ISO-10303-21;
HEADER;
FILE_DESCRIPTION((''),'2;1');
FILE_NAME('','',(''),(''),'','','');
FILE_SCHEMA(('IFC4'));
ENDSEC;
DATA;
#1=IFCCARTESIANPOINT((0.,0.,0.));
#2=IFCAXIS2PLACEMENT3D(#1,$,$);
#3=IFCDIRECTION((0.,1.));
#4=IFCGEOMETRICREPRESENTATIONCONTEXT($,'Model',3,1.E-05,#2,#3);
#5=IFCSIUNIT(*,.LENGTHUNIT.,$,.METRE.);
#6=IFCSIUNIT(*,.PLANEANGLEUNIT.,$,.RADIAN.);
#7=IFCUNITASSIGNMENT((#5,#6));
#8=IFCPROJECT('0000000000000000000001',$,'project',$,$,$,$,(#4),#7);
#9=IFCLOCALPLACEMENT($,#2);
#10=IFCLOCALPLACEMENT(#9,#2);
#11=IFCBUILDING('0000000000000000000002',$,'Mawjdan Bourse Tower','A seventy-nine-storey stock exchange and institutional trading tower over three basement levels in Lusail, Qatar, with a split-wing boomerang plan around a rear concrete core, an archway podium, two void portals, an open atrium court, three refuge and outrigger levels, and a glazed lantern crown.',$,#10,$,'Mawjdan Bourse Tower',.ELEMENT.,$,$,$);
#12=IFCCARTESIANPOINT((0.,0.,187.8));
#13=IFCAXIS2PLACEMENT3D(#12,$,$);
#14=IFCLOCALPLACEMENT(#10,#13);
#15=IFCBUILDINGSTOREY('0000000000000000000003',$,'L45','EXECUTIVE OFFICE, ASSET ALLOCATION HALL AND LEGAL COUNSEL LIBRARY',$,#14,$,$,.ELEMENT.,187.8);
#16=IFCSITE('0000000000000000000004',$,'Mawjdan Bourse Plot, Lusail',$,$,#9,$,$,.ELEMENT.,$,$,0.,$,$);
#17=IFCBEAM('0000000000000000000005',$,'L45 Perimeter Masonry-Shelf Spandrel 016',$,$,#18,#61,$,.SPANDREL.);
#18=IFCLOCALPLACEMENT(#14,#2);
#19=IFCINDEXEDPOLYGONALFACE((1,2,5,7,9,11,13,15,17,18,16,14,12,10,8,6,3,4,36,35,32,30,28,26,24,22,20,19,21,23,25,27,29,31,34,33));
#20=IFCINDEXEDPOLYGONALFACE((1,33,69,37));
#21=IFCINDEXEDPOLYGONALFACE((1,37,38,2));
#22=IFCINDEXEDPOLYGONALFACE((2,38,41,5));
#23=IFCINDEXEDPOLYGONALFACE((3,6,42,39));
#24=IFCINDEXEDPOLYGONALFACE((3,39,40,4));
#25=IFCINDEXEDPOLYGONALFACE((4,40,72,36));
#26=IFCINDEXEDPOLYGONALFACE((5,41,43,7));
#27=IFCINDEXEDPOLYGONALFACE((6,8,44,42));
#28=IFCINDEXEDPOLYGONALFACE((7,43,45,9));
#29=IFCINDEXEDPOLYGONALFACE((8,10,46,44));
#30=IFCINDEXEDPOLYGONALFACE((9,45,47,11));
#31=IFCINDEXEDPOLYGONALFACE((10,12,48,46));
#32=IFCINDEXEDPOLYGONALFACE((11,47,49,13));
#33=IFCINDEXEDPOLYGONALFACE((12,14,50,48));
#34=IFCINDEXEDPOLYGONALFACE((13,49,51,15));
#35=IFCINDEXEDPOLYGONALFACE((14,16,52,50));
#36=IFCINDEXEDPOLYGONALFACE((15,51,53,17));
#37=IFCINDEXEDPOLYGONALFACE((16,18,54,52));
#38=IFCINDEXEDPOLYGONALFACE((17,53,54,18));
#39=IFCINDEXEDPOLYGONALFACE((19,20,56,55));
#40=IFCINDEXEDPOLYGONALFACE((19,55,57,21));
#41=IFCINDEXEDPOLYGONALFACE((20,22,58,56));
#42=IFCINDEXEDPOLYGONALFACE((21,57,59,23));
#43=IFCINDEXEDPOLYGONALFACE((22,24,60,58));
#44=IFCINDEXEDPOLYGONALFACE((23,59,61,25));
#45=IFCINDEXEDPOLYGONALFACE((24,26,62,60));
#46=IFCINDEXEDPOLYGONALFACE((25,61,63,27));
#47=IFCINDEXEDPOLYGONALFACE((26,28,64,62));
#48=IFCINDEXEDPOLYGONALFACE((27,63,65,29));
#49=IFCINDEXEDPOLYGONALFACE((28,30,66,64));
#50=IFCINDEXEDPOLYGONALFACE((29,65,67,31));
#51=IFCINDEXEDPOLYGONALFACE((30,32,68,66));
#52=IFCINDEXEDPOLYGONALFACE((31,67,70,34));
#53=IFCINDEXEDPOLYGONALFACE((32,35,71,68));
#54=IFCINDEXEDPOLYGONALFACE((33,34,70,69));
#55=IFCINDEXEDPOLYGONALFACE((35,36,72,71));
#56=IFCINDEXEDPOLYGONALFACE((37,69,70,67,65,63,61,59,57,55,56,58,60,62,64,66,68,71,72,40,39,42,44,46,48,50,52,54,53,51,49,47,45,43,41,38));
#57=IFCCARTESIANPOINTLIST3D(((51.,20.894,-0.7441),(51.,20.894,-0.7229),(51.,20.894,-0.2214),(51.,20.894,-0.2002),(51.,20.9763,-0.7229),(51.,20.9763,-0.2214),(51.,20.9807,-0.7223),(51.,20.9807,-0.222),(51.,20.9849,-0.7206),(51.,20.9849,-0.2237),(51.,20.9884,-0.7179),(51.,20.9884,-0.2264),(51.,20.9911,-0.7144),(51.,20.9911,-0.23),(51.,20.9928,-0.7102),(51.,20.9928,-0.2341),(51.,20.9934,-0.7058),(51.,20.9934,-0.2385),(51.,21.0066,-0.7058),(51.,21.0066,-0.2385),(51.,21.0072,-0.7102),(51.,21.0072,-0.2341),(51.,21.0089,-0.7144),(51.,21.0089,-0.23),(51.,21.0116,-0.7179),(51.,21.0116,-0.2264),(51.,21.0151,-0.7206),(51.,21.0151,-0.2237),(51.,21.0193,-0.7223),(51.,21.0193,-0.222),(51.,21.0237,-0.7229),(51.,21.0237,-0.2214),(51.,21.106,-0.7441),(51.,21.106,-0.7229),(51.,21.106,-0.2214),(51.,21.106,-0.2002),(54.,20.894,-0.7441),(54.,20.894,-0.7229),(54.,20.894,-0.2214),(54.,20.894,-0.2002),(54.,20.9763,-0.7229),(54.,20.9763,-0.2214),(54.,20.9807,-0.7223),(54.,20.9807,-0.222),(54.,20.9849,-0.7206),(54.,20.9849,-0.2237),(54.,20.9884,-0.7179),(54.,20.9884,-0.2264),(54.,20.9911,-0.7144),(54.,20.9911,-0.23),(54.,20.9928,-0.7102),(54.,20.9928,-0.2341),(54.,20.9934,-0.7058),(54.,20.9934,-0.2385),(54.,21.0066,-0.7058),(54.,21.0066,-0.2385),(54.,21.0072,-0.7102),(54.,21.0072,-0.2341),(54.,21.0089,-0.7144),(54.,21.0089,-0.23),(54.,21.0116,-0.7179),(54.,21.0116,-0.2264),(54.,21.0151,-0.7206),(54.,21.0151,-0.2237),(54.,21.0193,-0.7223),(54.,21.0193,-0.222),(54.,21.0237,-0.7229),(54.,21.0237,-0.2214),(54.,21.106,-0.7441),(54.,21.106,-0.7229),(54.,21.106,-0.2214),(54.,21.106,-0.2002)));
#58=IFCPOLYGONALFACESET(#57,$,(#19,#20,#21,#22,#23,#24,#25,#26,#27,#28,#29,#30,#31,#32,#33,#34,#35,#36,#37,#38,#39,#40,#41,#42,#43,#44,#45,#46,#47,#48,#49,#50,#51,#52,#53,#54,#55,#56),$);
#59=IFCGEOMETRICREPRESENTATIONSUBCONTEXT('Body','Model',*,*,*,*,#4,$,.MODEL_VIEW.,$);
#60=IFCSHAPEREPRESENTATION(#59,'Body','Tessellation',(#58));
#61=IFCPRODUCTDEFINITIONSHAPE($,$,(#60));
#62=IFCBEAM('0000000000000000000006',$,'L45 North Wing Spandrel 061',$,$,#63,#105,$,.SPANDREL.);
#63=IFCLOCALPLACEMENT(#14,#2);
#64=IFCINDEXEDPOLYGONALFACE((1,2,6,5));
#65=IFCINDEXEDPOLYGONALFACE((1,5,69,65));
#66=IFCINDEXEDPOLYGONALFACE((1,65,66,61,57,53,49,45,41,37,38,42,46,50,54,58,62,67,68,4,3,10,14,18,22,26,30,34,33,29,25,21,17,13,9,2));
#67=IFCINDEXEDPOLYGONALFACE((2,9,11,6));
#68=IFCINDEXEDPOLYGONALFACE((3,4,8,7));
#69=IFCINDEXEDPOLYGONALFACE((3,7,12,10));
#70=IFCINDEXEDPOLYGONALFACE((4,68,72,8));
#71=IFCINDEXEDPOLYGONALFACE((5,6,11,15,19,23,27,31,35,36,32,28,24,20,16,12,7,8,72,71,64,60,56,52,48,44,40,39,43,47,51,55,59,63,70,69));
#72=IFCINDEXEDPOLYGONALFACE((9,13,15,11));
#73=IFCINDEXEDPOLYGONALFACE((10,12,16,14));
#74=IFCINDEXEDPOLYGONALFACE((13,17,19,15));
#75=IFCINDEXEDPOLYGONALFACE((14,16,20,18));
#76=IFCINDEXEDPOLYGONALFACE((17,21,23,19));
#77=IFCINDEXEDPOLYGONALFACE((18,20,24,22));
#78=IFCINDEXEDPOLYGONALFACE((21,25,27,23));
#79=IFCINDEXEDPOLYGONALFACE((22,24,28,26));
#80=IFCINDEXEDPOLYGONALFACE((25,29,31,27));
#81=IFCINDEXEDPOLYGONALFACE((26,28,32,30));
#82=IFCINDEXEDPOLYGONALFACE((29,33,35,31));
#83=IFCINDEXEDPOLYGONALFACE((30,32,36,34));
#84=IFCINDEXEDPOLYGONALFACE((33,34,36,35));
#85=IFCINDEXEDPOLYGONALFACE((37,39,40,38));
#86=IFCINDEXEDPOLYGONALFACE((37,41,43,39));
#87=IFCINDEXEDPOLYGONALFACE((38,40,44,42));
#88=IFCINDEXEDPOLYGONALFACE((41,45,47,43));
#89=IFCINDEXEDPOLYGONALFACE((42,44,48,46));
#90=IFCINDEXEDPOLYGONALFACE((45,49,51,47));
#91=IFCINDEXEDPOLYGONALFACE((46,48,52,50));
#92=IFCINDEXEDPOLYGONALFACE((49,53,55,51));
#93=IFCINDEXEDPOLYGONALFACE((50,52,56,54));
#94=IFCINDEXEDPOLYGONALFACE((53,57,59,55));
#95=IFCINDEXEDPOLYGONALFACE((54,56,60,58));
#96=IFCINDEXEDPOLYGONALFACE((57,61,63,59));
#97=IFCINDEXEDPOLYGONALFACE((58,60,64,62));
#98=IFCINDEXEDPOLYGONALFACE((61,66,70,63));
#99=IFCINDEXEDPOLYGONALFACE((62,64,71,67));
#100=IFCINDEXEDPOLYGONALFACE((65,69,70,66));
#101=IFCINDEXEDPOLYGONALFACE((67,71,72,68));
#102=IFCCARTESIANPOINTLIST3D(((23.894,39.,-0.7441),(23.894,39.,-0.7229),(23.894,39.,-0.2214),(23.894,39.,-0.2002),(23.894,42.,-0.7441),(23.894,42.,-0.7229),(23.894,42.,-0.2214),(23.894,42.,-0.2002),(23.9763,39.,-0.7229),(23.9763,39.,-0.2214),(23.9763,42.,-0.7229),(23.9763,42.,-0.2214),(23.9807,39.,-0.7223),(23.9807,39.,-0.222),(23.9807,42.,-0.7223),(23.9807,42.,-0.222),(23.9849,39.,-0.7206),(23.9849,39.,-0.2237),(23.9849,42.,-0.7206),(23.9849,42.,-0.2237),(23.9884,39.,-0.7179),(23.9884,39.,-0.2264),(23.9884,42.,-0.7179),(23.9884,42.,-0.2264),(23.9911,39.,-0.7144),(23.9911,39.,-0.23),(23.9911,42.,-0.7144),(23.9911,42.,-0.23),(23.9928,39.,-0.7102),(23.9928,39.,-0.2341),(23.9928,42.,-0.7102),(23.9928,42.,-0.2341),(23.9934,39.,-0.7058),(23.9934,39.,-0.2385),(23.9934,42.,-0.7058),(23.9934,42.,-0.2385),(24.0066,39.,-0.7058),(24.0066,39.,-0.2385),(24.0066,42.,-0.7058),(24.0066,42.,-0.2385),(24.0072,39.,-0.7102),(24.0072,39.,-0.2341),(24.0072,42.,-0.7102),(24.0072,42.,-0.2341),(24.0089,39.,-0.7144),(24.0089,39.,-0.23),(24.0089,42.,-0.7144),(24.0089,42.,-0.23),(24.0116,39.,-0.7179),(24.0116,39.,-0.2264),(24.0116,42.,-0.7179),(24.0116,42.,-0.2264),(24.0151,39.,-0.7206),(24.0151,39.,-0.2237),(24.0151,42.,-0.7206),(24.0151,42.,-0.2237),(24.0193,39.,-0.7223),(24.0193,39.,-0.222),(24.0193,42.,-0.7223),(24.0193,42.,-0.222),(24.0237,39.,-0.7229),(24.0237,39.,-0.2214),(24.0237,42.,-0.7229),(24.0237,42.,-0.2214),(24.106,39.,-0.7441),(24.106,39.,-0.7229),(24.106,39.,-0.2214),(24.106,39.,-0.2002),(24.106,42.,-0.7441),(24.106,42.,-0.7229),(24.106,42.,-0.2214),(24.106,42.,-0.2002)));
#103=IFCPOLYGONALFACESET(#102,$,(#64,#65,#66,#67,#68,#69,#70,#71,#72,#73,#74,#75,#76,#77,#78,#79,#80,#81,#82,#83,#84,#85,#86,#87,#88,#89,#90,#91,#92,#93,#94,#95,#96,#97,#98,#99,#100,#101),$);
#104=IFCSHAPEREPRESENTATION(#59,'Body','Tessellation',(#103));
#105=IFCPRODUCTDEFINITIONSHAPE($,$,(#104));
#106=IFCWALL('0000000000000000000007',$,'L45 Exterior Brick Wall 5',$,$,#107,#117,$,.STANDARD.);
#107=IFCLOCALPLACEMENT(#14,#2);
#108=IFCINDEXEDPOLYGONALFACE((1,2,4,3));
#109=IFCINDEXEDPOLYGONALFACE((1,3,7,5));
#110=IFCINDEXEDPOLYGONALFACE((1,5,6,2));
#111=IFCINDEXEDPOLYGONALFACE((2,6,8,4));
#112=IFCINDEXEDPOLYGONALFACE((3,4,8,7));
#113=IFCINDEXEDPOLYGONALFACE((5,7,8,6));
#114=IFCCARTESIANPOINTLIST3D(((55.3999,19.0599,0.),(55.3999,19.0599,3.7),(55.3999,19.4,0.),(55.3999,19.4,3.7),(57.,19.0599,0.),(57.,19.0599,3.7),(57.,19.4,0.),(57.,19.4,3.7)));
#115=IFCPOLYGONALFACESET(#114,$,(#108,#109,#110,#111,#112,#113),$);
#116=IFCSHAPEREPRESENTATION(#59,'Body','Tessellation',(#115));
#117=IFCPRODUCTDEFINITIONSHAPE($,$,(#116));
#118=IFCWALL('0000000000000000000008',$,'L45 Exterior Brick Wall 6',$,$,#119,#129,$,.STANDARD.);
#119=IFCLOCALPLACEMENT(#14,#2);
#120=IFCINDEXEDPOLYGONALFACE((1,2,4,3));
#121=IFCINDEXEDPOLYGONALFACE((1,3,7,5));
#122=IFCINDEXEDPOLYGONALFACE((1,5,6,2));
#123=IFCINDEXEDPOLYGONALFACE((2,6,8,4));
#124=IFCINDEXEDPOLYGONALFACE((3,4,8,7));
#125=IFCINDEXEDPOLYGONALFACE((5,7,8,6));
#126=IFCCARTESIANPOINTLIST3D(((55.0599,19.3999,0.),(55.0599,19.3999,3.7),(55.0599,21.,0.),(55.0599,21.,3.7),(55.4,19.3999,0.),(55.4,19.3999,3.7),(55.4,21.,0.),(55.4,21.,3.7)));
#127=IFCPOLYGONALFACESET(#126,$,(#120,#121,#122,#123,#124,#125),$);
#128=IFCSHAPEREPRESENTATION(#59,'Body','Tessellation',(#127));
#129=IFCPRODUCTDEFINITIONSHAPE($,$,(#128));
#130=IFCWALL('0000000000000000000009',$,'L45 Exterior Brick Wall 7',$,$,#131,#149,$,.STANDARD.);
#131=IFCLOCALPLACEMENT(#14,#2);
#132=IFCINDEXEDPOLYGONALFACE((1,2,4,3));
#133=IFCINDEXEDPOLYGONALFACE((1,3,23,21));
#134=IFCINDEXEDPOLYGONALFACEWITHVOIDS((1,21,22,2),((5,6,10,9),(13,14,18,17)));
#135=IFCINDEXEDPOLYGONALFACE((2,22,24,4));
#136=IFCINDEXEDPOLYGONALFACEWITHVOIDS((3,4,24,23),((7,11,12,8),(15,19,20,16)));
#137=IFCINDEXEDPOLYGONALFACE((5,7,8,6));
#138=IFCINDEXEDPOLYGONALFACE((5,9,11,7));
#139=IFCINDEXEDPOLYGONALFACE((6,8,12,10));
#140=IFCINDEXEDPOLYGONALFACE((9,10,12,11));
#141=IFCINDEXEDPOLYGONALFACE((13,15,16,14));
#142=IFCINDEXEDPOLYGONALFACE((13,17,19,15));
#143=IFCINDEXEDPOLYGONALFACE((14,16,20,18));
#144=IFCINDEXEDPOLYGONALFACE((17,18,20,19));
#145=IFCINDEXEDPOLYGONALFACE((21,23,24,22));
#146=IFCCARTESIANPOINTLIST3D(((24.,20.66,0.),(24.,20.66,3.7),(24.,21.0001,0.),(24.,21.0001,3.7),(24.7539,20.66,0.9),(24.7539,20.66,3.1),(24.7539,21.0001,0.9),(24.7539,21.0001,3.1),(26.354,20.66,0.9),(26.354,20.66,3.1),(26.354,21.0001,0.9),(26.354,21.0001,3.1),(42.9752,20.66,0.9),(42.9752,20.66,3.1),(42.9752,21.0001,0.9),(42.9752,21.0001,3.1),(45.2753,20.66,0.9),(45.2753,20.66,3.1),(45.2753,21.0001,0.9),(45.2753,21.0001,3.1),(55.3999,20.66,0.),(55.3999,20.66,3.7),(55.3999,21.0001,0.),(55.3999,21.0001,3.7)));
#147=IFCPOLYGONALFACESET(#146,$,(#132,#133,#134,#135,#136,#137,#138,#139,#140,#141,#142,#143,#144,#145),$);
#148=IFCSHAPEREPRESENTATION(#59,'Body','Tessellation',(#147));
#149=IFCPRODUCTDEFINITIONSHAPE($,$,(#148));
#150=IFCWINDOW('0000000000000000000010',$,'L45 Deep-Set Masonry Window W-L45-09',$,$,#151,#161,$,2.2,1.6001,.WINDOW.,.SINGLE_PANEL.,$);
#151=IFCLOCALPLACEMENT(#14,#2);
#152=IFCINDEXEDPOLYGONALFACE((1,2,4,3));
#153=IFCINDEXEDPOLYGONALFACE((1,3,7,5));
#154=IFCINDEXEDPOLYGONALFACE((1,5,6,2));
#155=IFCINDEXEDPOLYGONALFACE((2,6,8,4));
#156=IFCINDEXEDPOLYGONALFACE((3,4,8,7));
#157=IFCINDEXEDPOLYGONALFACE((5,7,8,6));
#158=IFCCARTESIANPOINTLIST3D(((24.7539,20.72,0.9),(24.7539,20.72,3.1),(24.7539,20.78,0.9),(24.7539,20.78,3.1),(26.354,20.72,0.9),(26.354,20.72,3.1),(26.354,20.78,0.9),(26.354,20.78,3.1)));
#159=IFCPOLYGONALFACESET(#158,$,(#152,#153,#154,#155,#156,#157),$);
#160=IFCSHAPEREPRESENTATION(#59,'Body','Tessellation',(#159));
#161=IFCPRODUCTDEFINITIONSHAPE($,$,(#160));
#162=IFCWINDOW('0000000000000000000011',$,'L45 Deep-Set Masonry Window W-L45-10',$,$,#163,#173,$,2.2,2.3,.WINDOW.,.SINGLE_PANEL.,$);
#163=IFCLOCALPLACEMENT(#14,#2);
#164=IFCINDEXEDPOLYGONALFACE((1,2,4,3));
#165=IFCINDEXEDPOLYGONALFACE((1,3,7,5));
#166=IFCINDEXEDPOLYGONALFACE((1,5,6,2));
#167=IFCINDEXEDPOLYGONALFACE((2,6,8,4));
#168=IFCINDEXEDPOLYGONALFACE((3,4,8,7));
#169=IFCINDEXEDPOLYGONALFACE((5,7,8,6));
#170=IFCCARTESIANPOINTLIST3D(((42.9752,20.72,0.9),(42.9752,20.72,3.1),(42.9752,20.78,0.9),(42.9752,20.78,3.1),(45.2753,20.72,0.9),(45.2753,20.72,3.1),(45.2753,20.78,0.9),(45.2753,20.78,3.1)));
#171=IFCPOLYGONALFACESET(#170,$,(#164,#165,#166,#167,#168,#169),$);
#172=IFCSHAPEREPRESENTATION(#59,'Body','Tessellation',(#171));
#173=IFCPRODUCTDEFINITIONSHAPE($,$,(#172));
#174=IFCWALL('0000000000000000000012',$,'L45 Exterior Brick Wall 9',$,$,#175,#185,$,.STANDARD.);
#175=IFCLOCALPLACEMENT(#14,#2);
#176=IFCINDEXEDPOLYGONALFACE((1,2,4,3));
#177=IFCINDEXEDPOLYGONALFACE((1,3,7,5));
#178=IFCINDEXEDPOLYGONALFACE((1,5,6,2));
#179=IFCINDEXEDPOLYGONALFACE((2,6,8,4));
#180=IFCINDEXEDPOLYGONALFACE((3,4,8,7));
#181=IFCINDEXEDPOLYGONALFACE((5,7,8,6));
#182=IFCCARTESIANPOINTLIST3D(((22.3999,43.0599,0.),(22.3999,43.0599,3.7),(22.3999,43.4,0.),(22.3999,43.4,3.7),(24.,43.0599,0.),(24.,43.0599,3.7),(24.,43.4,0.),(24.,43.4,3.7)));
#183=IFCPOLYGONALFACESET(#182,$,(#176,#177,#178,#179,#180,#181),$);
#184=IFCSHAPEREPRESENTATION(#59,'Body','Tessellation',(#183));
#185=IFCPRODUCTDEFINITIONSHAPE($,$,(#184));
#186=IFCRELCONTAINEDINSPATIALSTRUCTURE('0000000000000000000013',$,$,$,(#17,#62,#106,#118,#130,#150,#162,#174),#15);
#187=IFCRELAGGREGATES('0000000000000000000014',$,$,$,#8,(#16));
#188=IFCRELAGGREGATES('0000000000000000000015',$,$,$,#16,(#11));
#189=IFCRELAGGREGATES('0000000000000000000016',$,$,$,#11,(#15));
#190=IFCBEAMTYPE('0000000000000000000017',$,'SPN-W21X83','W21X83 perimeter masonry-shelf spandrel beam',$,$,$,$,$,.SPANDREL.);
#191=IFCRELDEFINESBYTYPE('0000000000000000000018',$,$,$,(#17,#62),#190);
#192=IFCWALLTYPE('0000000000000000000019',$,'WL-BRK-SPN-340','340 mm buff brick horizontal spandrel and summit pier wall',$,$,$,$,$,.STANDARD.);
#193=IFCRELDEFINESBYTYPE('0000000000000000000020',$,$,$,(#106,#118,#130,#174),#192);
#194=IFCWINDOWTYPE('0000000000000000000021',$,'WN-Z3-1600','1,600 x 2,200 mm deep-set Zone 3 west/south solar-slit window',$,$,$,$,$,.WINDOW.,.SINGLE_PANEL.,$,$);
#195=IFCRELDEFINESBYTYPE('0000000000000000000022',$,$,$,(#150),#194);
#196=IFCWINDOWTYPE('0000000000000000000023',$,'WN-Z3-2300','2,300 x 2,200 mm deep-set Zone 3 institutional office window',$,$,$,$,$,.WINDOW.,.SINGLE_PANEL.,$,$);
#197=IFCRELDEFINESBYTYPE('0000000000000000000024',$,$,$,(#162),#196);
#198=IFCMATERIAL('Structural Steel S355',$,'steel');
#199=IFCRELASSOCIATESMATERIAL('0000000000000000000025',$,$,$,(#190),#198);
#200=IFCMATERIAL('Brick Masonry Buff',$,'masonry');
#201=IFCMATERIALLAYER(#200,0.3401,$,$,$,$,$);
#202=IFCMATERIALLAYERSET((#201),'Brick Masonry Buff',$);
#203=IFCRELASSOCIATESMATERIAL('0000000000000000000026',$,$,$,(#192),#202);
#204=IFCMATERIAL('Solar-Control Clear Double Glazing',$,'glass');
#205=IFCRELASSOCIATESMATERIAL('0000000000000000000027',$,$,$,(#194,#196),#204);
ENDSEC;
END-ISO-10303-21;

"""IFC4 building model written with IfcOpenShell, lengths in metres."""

from ifc_helpers import new_model, si_unit, direction, frame, frame_2d, origin, origin_2d, place, context, subcontext, project, spatial, rectangle, i_section, extrude, material, layer, layer_set, material_profile, profile_set, type_object, element, fill, save


model = new_model("IFC4")

# Units and contexts
model_context = context("Model", 3, precision=1e-05, world=origin(), true_north=direction((0.0, 1.0)))
body_context = subcontext(model_context, "Body", "Model", "MODEL_VIEW")
ifc_project = project(units=[si_unit("LENGTHUNIT", "METRE"), si_unit("PLANEANGLEUNIT", "RADIAN")], contexts=[model_context])

# Site, building, storey
site_placement = place(None, origin())
site = spatial("IfcSite", under=ifc_project, at=site_placement, Name="Mawjdan Bourse Plot, Lusail", CompositionType="ELEMENT", RefElevation=0.0)
building_placement = place(site_placement, origin())
building = spatial("IfcBuilding", under=site, at=building_placement, Name="Mawjdan Bourse Tower", Description="A seventy-nine-storey stock exchange and institutional trading tower over three basement levels in Lusail, Qatar, with a split-wing boomerang plan around a rear concrete core, an archway podium, two void portals, an open atrium court, three refuge and outrigger levels, and a glazed lantern crown.", LongName="Mawjdan Bourse Tower", CompositionType="ELEMENT")
storey_placement = place(building_placement, frame((0.0, 0.0, 187.8)))
storey = spatial("IfcBuildingStorey", under=building, at=storey_placement, Name="L45", Description="EXECUTIVE OFFICE, ASSET ALLOCATION HALL AND LEGAL COUNSEL LIBRARY", CompositionType="ELEMENT", Elevation=187.8)

# Beams
ifc_material_1 = material(Name="Structural Steel S355", Category="steel")
ifc_material_profile_1 = material_profile(ifc_material_1, i_section(OverallWidth=0.2119, OverallDepth=0.5439, WebThickness=0.0132, FlangeThickness=0.0212, FilletRadius=0.0171, at=origin_2d()), Name="W21X83")
ifc_profile_set_1 = profile_set([ifc_material_profile_1], Name="Structural Steel S355")
beam_type_1 = type_object("IfcBeamType", Name="SPN-W21X83", Description="W21X83 perimeter masonry-shelf spandrel beam", PredefinedType="SPANDREL", material=ifc_profile_set_1)
for number, where, z_axis, x_axis, name in (
    (1, (51.0, 21.0, -0.4722), (1.0, 0.0, 0.0), (0.0, 1.0, 0.0), "L45 Perimeter Masonry-Shelf Spandrel 016"),
    (2, (24.0, 39.0, -0.4722), (0.0, 1.0, 0.0), (-1.0, 0.0, 0.0), "L45 North Wing Spandrel 061"),
):
    element("IfcBeam", number, at=place(storey_placement, frame(where, z_axis=z_axis, x_axis=x_axis)), inside=storey, type_object=beam_type_1, Name=name, PredefinedType="SPANDREL", context=body_context, shape_type="SweptSolid", body=[
        extrude(i_section(OverallWidth=0.2119, OverallDepth=0.5439, WebThickness=0.0132, FlangeThickness=0.0212, FilletRadius=0.0171, at=origin_2d()), origin(), (0.0, 0.0, 1.0), 3.0),
    ])

# Walls
ifc_material_2 = material(Name="Brick Masonry Buff", Category="masonry")
ifc_layer_1 = layer(ifc_material_2, 0.3401)
ifc_layer_set_1 = layer_set([ifc_layer_1], Name="Brick Masonry Buff")
wall_type_1 = type_object("IfcWallType", Name="WL-BRK-SPN-340", Description="340 mm buff brick horizontal spandrel and summit pier wall", PredefinedType="STANDARD", material=ifc_layer_set_1)
for number, where, z_axis, x_axis, name in (
    (3, (57.0, 19.23, 0.0), (0.0, 0.0, 1.0), (-1.0, 0.0, 0.0), "L45 Exterior Brick Wall 5"),
    (4, (55.23, 19.3999, 0.0), (0.0, 0.0, 1.0), (0.0, 1.0, 0.0), "L45 Exterior Brick Wall 6"),
):
    element("IfcWall", number, at=place(storey_placement, frame(where, z_axis=z_axis, x_axis=x_axis)), inside=storey, type_object=wall_type_1, Name=name, PredefinedType="STANDARD", context=body_context, shape_type="SweptSolid", body=[
        extrude(rectangle(XDim=1.6001, YDim=0.3401, at=frame_2d((0.8, 0.0))), origin(), (0.0, 0.0, 1.0), 3.7),
    ])

# Wall, openings, windows
wall_1_placement = place(storey_placement, frame((55.3999, 20.8301, 0.0), z_axis=(0.0, 0.0, 1.0), x_axis=(-1.0, 0.0, 0.0)))
wall_1 = element("IfcWall", 5, at=wall_1_placement, inside=storey, type_object=wall_type_1, Name="L45 Exterior Brick Wall 7", PredefinedType="STANDARD", context=body_context, shape_type="SweptSolid", body=[
    extrude(rectangle(XDim=31.3999, YDim=0.3401, at=frame_2d((15.7, 0.0))), origin(), (0.0, 0.0, 1.0), 3.7),
])
opening_1_placement = place(wall_1_placement, frame((29.0459, 0.0, 0.8999)))
opening_1 = element("IfcOpeningElement", 6, at=opening_1_placement, cuts=wall_1, PredefinedType="OPENING", context=body_context, shape_type="SweptSolid", body=[
    extrude(rectangle(XDim=1.6001, YDim=2.2, at=frame_2d((0.8, 1.1001))), frame((0.0, 0.1802, 0.0), z_axis=(0.0, -1.0, 0.0), x_axis=(1.0, 0.0, 0.0)), (0.0, 0.0, 1.0), 0.3601),
])
opening_2_placement = place(wall_1_placement, frame((10.1248, 0.0, 0.8999)))
opening_2 = element("IfcOpeningElement", 7, at=opening_2_placement, cuts=wall_1, PredefinedType="OPENING", context=body_context, shape_type="SweptSolid", body=[
    extrude(rectangle(XDim=2.3, YDim=2.2, at=frame_2d((1.1499, 1.1001))), frame((0.0, 0.1802, 0.0), z_axis=(0.0, -1.0, 0.0), x_axis=(1.0, 0.0, 0.0)), (0.0, 0.0, 1.0), 0.3601),
])
ifc_material_3 = material(Name="Solar-Control Clear Double Glazing", Category="glass")
window_type_1 = type_object("IfcWindowType", Name="WN-Z3-1600", Description="1,600 x 2,200 mm deep-set Zone 3 west/south solar-slit window", PartitioningType="SINGLE_PANEL", PredefinedType="WINDOW", material=ifc_material_3)
window_1_placement = place(opening_1_placement, origin())
window_1 = element("IfcWindow", 8, at=window_1_placement, inside=storey, type_object=window_type_1, Name="L45 Deep-Set Masonry Window W-L45-09", OverallHeight=2.2, OverallWidth=1.6001, PartitioningType="SINGLE_PANEL", PredefinedType="WINDOW", context=body_context, shape_type="SweptSolid", body=[
    extrude(rectangle(XDim=1.6001, YDim=2.2, at=frame_2d((0.8, 1.1001))), frame((0.0, 0.1101, 0.0), z_axis=(0.0, -1.0, 0.0), x_axis=(1.0, 0.0, 0.0)), (0.0, 0.0, 1.0), 0.0601),
])
fill(opening_1, window_1)
window_type_2 = type_object("IfcWindowType", Name="WN-Z3-2300", Description="2,300 x 2,200 mm deep-set Zone 3 institutional office window", PartitioningType="SINGLE_PANEL", PredefinedType="WINDOW", material=ifc_material_3)
window_2_placement = place(opening_2_placement, origin())
window_2 = element("IfcWindow", 9, at=window_2_placement, inside=storey, type_object=window_type_2, Name="L45 Deep-Set Masonry Window W-L45-10", OverallHeight=2.2, OverallWidth=2.3, PartitioningType="SINGLE_PANEL", PredefinedType="WINDOW", context=body_context, shape_type="SweptSolid", body=[
    extrude(rectangle(XDim=2.3, YDim=2.2, at=frame_2d((1.1499, 1.1001))), frame((0.0, 0.1101, 0.0), z_axis=(0.0, -1.0, 0.0), x_axis=(1.0, 0.0, 0.0)), (0.0, 0.0, 1.0), 0.0601),
])
fill(opening_2, window_2)

# Wall
wall_2_placement = place(storey_placement, frame((24.0, 43.23, 0.0), z_axis=(0.0, 0.0, 1.0), x_axis=(-1.0, 0.0, 0.0)))
element("IfcWall", 10, at=wall_2_placement, inside=storey, type_object=wall_type_1, Name="L45 Exterior Brick Wall 9", PredefinedType="STANDARD", context=body_context, shape_type="SweptSolid", body=[
    extrude(rectangle(XDim=1.6001, YDim=0.3401, at=frame_2d((0.8, 0.0))), origin(), (0.0, 0.0, 1.0), 3.7),
])

save(model, "model.ifc")
